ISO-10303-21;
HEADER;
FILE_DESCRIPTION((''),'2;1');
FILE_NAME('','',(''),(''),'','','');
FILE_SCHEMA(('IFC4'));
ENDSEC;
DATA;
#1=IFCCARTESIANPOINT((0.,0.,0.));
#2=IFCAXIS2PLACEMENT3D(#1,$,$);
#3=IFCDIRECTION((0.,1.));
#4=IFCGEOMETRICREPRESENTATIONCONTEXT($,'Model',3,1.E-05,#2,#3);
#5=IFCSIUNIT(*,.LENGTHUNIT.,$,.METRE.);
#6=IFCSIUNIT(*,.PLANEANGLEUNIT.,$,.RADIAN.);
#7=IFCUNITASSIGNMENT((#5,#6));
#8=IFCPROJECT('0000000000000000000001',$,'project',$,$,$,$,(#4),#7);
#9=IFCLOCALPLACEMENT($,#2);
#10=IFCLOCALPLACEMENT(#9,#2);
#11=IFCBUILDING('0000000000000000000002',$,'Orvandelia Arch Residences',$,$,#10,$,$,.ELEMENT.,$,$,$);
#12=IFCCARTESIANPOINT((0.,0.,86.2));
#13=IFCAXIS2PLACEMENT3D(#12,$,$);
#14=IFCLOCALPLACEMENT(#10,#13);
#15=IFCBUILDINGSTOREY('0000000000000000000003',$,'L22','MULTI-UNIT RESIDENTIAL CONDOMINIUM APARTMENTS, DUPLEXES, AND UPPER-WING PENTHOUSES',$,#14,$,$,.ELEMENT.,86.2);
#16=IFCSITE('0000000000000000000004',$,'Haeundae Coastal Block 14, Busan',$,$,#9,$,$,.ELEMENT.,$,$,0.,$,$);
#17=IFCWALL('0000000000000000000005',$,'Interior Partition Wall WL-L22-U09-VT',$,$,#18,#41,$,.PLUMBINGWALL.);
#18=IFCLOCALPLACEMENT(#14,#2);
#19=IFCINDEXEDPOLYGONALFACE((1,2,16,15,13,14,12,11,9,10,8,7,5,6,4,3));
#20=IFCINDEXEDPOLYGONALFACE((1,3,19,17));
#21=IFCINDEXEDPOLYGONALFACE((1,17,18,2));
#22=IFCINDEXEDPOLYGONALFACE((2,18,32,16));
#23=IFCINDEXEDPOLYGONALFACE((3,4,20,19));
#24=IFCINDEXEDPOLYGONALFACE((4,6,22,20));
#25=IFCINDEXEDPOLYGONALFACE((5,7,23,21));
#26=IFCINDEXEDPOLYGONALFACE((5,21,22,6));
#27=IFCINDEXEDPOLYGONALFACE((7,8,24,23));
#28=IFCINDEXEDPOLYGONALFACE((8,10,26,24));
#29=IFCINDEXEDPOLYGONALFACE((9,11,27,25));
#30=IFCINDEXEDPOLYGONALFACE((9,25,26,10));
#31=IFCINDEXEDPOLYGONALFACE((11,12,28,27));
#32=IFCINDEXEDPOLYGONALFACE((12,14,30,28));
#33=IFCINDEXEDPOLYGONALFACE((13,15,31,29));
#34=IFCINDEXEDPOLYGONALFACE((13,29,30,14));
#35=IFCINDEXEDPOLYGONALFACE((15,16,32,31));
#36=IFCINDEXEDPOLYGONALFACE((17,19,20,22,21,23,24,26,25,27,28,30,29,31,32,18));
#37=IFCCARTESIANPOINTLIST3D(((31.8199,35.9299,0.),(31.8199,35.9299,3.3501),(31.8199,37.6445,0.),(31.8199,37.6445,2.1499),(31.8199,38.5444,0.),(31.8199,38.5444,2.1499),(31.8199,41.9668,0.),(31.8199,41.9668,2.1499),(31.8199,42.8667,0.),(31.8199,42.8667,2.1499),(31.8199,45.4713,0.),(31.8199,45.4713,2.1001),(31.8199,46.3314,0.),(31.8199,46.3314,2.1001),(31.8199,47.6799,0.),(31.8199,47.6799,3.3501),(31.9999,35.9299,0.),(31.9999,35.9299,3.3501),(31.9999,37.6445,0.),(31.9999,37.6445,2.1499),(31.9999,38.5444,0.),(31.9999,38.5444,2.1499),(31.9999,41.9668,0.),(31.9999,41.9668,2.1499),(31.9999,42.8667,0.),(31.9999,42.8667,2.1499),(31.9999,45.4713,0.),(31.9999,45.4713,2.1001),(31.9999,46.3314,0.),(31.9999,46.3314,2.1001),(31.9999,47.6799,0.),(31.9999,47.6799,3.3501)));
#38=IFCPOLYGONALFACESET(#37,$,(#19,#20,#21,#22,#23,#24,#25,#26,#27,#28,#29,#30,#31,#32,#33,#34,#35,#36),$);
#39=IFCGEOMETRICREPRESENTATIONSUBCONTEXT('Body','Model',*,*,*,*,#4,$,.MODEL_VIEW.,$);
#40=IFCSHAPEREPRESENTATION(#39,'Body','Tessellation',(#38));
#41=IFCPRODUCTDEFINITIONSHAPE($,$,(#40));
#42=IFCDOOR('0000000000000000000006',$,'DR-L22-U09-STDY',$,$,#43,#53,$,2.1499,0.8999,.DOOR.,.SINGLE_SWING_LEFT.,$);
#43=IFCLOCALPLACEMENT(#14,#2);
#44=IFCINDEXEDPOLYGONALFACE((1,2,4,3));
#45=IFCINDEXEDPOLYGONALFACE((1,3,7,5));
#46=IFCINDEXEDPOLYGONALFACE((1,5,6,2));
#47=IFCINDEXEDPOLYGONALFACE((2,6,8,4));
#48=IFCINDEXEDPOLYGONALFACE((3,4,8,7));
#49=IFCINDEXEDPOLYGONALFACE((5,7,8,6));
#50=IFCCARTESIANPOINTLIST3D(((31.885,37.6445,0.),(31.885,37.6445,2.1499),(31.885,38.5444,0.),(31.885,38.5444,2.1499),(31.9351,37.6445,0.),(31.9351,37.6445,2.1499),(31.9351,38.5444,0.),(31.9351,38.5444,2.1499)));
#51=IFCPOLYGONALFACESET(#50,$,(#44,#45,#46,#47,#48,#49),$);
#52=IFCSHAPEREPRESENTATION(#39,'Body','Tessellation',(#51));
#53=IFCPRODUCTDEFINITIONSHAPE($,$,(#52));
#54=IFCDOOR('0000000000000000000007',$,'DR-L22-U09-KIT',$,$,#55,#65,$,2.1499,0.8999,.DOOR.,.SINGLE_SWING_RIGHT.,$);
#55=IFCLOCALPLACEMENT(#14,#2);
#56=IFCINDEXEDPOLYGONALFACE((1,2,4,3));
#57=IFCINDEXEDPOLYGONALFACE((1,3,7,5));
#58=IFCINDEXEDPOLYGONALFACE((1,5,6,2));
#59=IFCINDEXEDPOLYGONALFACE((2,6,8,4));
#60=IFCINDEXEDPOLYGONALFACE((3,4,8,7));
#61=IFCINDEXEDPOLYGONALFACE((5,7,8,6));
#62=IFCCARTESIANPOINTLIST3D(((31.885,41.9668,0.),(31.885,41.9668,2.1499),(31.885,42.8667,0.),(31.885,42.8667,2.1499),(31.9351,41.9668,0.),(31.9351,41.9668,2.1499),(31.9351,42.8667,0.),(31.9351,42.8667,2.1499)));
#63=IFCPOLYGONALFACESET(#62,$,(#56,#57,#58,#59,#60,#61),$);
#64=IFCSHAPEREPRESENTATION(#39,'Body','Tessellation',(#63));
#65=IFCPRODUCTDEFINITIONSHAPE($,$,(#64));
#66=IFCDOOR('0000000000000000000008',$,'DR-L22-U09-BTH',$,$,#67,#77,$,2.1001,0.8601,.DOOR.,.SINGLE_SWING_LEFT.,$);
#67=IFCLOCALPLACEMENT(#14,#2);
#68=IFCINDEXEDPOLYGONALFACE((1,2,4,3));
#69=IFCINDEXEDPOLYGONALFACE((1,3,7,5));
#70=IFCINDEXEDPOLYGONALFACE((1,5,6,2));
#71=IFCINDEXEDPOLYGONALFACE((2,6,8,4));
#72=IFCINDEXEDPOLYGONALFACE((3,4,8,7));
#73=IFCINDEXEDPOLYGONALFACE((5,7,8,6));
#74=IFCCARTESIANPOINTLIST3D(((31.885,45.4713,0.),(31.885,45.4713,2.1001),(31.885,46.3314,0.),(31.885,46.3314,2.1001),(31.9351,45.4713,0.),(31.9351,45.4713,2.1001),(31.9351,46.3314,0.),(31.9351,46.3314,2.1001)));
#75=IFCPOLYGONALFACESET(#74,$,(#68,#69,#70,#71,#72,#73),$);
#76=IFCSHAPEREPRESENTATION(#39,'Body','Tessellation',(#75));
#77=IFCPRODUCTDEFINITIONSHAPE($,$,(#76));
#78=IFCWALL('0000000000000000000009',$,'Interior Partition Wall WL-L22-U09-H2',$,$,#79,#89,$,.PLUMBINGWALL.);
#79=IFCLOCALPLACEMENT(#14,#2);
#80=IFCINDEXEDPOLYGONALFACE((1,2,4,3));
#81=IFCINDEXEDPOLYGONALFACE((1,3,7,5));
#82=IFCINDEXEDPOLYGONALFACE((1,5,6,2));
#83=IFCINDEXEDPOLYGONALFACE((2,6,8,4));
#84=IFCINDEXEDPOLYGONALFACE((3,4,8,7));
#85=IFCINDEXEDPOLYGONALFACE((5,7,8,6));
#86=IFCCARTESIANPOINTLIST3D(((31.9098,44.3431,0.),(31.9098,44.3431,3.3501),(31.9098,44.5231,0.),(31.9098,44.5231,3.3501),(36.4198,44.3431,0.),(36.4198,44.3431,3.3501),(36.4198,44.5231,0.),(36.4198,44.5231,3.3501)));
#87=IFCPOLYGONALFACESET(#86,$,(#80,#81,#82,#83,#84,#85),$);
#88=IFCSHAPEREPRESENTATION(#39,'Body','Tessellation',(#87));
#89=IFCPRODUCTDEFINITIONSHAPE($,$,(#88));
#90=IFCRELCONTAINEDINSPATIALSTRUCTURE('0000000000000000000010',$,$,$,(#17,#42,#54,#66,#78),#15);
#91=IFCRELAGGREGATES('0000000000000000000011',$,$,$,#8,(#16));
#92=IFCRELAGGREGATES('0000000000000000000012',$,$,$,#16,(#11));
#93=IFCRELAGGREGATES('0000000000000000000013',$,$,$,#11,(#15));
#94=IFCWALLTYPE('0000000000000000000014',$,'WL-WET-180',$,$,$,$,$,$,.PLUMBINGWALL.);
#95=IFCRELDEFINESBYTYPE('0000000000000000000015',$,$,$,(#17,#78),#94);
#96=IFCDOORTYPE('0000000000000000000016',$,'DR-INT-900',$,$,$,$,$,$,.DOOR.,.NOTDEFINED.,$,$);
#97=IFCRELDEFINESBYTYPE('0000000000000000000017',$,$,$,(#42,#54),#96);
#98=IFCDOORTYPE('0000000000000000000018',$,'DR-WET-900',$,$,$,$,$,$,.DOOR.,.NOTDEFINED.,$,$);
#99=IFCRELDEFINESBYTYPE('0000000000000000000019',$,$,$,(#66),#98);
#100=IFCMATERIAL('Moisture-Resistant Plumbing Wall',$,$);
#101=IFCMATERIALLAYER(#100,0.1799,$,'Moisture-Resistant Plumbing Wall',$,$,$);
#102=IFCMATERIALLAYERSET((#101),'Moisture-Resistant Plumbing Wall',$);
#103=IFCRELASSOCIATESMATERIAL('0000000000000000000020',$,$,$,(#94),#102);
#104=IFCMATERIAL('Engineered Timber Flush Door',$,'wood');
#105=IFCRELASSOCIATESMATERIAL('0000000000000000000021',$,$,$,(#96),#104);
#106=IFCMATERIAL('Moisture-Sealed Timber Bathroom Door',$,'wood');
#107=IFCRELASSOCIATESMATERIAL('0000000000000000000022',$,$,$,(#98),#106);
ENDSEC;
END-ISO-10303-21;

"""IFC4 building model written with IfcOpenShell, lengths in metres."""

from ifc_helpers import new_model, si_unit, direction, frame, frame_2d, origin, place, context, subcontext, project, spatial, rectangle, extrude, material, layer, layer_set, type_object, element, fill, save


model = new_model("IFC4")

# Units and contexts
model_context = context("Model", 3, precision=1e-05, world=origin(), true_north=direction((0.0, 1.0)))
body_context = subcontext(model_context, "Body", "Model", "MODEL_VIEW")
ifc_project = project(units=[si_unit("LENGTHUNIT", "METRE"), si_unit("PLANEANGLEUNIT", "RADIAN")], contexts=[model_context])

# Site, building, storey
site_placement = place(None, origin())
site = spatial("IfcSite", under=ifc_project, at=site_placement, Name="Haeundae Coastal Block 14, Busan", CompositionType="ELEMENT", RefElevation=0.0)
building_placement = place(site_placement, origin())
building = spatial("IfcBuilding", under=site, at=building_placement, Name="Orvandelia Arch Residences", CompositionType="ELEMENT")
storey_placement = place(building_placement, frame((0.0, 0.0, 86.2)))
storey = spatial("IfcBuildingStorey", under=building, at=storey_placement, Name="L22", Description="MULTI-UNIT RESIDENTIAL CONDOMINIUM APARTMENTS, DUPLEXES, AND UPPER-WING PENTHOUSES", CompositionType="ELEMENT", Elevation=86.2)

# Wall, openings, doors
ifc_material_1 = material(Name="Moisture-Resistant Plumbing Wall")
ifc_layer_1 = layer(ifc_material_1, 0.1799, Name="Moisture-Resistant Plumbing Wall")
ifc_layer_set_1 = layer_set([ifc_layer_1], Name="Moisture-Resistant Plumbing Wall")
wall_type_1 = type_object("IfcWallType", Name="WL-WET-180", PredefinedType="PLUMBINGWALL", material=ifc_layer_set_1)
wall_1_placement = place(storey_placement, frame((31.9099, 35.9299, 0.0), z_axis=(0.0, 0.0, 1.0), x_axis=(0.0, 1.0, 0.0)))
wall_1 = element("IfcWall", 1, at=wall_1_placement, inside=storey, type_object=wall_type_1, Name="Interior Partition Wall WL-L22-U09-VT", PredefinedType="PLUMBINGWALL", context=body_context, shape_type="SweptSolid", body=[
    extrude(rectangle(XDim=11.75, YDim=0.1799, at=frame_2d((5.875, 0.0))), origin(), (0.0, 0.0, 1.0), 3.3501),
])
opening_1_placement = place(wall_1_placement, frame((1.7146, 0.0, 0.0)))
opening_1 = element("IfcOpeningElement", 2, at=opening_1_placement, cuts=wall_1, PredefinedType="OPENING", context=body_context, shape_type="SweptSolid", body=[
    extrude(rectangle(XDim=0.8999, YDim=2.1499, at=frame_2d((0.45, 1.075))), frame((0.0, 0.1001, 0.0), z_axis=(0.0, -1.0, 0.0), x_axis=(1.0, 0.0, 0.0)), (0.0, 0.0, 1.0), 0.2),
])
opening_2_placement = place(wall_1_placement, frame((6.0369, 0.0, 0.0)))
opening_2 = element("IfcOpeningElement", 3, at=opening_2_placement, cuts=wall_1, PredefinedType="OPENING", context=body_context, shape_type="SweptSolid", body=[
    extrude(rectangle(XDim=0.8999, YDim=2.1499, at=frame_2d((0.45, 1.075))), frame((0.0, 0.1001, 0.0), z_axis=(0.0, -1.0, 0.0), x_axis=(1.0, 0.0, 0.0)), (0.0, 0.0, 1.0), 0.2),
])
opening_3_placement = place(wall_1_placement, frame((9.5413, 0.0, 0.0)))
opening_3 = element("IfcOpeningElement", 4, at=opening_3_placement, cuts=wall_1, PredefinedType="OPENING", context=body_context, shape_type="SweptSolid", body=[
    extrude(rectangle(XDim=0.8601, YDim=2.1001, at=frame_2d((0.4302, 1.05))), frame((0.0, 0.1001, 0.0), z_axis=(0.0, -1.0, 0.0), x_axis=(1.0, 0.0, 0.0)), (0.0, 0.0, 1.0), 0.2),
])
ifc_material_2 = material(Name="Engineered Timber Flush Door", Category="wood")
door_type_1 = type_object("IfcDoorType", Name="DR-INT-900", OperationType="NOTDEFINED", PredefinedType="DOOR", material=ifc_material_2)
door_1_placement = place(opening_1_placement, origin())
door_1 = element("IfcDoor", 5, at=door_1_placement, inside=storey, type_object=door_type_1, Name="DR-L22-U09-STDY", OperationType="SINGLE_SWING_LEFT", OverallHeight=2.1499, OverallWidth=0.8999, PredefinedType="DOOR", context=body_context, shape_type="SweptSolid", body=[
    extrude(rectangle(XDim=0.8999, YDim=2.1499, at=frame_2d((0.45, 1.075))), frame((0.0, 0.0249, 0.0), z_axis=(0.0, -1.0, 0.0), x_axis=(1.0, 0.0, 0.0)), (0.0, 0.0, 1.0), 0.05),
])
fill(opening_1, door_1)
door_2_placement = place(opening_2_placement, origin())
door_2 = element("IfcDoor", 6, at=door_2_placement, inside=storey, type_object=door_type_1, Name="DR-L22-U09-KIT", OperationType="SINGLE_SWING_RIGHT", OverallHeight=2.1499, OverallWidth=0.8999, PredefinedType="DOOR", context=body_context, shape_type="SweptSolid", body=[
    extrude(rectangle(XDim=0.8999, YDim=2.1499, at=frame_2d((0.45, 1.075))), frame((0.0, 0.0249, 0.0), z_axis=(0.0, -1.0, 0.0), x_axis=(1.0, 0.0, 0.0)), (0.0, 0.0, 1.0), 0.05),
])
fill(opening_2, door_2)
ifc_material_3 = material(Name="Moisture-Sealed Timber Bathroom Door", Category="wood")
door_type_2 = type_object("IfcDoorType", Name="DR-WET-900", OperationType="NOTDEFINED", PredefinedType="DOOR", material=ifc_material_3)
door_3_placement = place(opening_3_placement, origin())
door_3 = element("IfcDoor", 7, at=door_3_placement, inside=storey, type_object=door_type_2, Name="DR-L22-U09-BTH", OperationType="SINGLE_SWING_LEFT", OverallHeight=2.1001, OverallWidth=0.8601, PredefinedType="DOOR", context=body_context, shape_type="SweptSolid", body=[
    extrude(rectangle(XDim=0.8601, YDim=2.1001, at=frame_2d((0.4302, 1.05))), frame((0.0, 0.0249, 0.0), z_axis=(0.0, -1.0, 0.0), x_axis=(1.0, 0.0, 0.0)), (0.0, 0.0, 1.0), 0.05),
])
fill(opening_3, door_3)

# Wall
wall_2_placement = place(storey_placement, frame((31.9099, 44.4331, 0.0), z_axis=(0.0, 0.0, 1.0), x_axis=(1.0, 0.0, 0.0)))
element("IfcWall", 8, at=wall_2_placement, inside=storey, type_object=wall_type_1, Name="Interior Partition Wall WL-L22-U09-H2", PredefinedType="PLUMBINGWALL", context=body_context, shape_type="SweptSolid", body=[
    extrude(rectangle(XDim=4.51, YDim=0.1799, at=frame_2d((2.2549, 0.0))), origin(), (0.0, 0.0, 1.0), 3.3501),
])

save(model, "model.ifc")
